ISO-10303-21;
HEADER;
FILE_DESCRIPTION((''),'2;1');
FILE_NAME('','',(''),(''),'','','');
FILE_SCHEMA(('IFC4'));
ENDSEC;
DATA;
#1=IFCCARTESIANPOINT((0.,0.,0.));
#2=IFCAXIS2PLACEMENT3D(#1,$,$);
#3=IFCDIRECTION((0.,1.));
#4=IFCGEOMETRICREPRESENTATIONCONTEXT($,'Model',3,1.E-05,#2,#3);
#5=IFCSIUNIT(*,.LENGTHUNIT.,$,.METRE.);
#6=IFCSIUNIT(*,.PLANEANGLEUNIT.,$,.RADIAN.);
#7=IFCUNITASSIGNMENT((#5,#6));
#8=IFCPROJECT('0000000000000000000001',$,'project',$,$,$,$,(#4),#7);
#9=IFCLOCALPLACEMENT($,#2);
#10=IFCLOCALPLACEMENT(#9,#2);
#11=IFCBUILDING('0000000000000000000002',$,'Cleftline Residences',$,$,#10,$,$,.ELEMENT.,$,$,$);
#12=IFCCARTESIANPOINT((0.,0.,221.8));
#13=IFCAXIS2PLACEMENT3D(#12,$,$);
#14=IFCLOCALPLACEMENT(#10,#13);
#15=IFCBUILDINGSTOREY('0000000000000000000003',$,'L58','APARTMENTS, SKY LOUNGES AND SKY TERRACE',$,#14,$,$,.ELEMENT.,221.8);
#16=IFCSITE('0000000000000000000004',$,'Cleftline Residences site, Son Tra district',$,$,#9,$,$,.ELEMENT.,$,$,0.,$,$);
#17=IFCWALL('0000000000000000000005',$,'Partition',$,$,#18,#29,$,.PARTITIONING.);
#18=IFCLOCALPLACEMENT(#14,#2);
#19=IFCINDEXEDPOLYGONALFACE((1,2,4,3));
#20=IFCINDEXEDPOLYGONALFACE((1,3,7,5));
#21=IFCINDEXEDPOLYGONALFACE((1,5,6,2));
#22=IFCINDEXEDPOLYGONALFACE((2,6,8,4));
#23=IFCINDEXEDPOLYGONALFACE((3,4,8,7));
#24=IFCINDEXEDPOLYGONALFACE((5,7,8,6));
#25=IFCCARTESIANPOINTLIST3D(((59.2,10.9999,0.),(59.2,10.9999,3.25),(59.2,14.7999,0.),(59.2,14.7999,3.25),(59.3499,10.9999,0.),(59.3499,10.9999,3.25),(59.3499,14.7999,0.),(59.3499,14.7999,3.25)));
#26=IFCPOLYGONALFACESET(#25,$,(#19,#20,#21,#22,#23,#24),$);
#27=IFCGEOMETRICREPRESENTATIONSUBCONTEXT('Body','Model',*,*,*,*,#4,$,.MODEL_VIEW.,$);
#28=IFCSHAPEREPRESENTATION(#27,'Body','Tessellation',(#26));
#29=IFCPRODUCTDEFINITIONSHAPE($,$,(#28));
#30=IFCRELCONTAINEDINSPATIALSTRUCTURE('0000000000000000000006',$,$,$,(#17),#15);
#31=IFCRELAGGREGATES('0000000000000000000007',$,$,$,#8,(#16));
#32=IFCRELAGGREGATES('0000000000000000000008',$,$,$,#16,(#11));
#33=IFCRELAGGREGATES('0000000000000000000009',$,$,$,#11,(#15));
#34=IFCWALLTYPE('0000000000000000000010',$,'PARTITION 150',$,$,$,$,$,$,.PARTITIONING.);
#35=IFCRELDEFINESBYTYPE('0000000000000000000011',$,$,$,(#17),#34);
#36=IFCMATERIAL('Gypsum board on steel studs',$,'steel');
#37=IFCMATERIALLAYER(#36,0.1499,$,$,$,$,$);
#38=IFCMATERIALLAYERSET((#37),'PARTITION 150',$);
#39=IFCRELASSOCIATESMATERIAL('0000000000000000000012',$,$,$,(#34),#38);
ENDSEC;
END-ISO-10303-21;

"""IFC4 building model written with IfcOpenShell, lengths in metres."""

from ifc_helpers import new_model, si_unit, direction, frame, frame_2d, origin, place, context, subcontext, project, spatial, rectangle, extrude, material, layer, layer_set, type_object, element, save


model = new_model("IFC4")

# Units and contexts
model_context = context("Model", 3, precision=1e-05, world=origin(), true_north=direction((0.0, 1.0)))
body_context = subcontext(model_context, "Body", "Model", "MODEL_VIEW")
ifc_project = project(units=[si_unit("LENGTHUNIT", "METRE"), si_unit("PLANEANGLEUNIT", "RADIAN")], contexts=[model_context])

# Site, building, storey
site_placement = place(None, origin())
site = spatial("IfcSite", under=ifc_project, at=site_placement, Name="Cleftline Residences site, Son Tra district", CompositionType="ELEMENT", RefElevation=0.0)
building_placement = place(site_placement, origin())
building = spatial("IfcBuilding", under=site, at=building_placement, Name="Cleftline Residences", CompositionType="ELEMENT")
storey_placement = place(building_placement, frame((0.0, 0.0, 221.8)))
storey = spatial("IfcBuildingStorey", under=building, at=storey_placement, Name="L58", Description="APARTMENTS, SKY LOUNGES AND SKY TERRACE", CompositionType="ELEMENT", Elevation=221.8)

# Wall
ifc_material_1 = material(Name="Gypsum board on steel studs", Category="steel")
ifc_layer_1 = layer(ifc_material_1, 0.1499)
ifc_layer_set_1 = layer_set([ifc_layer_1], Name="PARTITION 150")
wall_type_1 = type_object("IfcWallType", Name="PARTITION 150", PredefinedType="PARTITIONING", material=ifc_layer_set_1)
wall_1_placement = place(storey_placement, frame((59.2749, 11.0, 0.0), z_axis=(0.0, 0.0, 1.0), x_axis=(0.0, 1.0, 0.0)))
element("IfcWall", 1, at=wall_1_placement, inside=storey, type_object=wall_type_1, Name="Partition", PredefinedType="PARTITIONING", context=body_context, shape_type="SweptSolid", body=[
    extrude(rectangle(XDim=3.8, YDim=0.1499, at=frame_2d((1.8999, 0.0))), origin(), (0.0, 0.0, 1.0), 3.25),
])

save(model, "model.ifc")
